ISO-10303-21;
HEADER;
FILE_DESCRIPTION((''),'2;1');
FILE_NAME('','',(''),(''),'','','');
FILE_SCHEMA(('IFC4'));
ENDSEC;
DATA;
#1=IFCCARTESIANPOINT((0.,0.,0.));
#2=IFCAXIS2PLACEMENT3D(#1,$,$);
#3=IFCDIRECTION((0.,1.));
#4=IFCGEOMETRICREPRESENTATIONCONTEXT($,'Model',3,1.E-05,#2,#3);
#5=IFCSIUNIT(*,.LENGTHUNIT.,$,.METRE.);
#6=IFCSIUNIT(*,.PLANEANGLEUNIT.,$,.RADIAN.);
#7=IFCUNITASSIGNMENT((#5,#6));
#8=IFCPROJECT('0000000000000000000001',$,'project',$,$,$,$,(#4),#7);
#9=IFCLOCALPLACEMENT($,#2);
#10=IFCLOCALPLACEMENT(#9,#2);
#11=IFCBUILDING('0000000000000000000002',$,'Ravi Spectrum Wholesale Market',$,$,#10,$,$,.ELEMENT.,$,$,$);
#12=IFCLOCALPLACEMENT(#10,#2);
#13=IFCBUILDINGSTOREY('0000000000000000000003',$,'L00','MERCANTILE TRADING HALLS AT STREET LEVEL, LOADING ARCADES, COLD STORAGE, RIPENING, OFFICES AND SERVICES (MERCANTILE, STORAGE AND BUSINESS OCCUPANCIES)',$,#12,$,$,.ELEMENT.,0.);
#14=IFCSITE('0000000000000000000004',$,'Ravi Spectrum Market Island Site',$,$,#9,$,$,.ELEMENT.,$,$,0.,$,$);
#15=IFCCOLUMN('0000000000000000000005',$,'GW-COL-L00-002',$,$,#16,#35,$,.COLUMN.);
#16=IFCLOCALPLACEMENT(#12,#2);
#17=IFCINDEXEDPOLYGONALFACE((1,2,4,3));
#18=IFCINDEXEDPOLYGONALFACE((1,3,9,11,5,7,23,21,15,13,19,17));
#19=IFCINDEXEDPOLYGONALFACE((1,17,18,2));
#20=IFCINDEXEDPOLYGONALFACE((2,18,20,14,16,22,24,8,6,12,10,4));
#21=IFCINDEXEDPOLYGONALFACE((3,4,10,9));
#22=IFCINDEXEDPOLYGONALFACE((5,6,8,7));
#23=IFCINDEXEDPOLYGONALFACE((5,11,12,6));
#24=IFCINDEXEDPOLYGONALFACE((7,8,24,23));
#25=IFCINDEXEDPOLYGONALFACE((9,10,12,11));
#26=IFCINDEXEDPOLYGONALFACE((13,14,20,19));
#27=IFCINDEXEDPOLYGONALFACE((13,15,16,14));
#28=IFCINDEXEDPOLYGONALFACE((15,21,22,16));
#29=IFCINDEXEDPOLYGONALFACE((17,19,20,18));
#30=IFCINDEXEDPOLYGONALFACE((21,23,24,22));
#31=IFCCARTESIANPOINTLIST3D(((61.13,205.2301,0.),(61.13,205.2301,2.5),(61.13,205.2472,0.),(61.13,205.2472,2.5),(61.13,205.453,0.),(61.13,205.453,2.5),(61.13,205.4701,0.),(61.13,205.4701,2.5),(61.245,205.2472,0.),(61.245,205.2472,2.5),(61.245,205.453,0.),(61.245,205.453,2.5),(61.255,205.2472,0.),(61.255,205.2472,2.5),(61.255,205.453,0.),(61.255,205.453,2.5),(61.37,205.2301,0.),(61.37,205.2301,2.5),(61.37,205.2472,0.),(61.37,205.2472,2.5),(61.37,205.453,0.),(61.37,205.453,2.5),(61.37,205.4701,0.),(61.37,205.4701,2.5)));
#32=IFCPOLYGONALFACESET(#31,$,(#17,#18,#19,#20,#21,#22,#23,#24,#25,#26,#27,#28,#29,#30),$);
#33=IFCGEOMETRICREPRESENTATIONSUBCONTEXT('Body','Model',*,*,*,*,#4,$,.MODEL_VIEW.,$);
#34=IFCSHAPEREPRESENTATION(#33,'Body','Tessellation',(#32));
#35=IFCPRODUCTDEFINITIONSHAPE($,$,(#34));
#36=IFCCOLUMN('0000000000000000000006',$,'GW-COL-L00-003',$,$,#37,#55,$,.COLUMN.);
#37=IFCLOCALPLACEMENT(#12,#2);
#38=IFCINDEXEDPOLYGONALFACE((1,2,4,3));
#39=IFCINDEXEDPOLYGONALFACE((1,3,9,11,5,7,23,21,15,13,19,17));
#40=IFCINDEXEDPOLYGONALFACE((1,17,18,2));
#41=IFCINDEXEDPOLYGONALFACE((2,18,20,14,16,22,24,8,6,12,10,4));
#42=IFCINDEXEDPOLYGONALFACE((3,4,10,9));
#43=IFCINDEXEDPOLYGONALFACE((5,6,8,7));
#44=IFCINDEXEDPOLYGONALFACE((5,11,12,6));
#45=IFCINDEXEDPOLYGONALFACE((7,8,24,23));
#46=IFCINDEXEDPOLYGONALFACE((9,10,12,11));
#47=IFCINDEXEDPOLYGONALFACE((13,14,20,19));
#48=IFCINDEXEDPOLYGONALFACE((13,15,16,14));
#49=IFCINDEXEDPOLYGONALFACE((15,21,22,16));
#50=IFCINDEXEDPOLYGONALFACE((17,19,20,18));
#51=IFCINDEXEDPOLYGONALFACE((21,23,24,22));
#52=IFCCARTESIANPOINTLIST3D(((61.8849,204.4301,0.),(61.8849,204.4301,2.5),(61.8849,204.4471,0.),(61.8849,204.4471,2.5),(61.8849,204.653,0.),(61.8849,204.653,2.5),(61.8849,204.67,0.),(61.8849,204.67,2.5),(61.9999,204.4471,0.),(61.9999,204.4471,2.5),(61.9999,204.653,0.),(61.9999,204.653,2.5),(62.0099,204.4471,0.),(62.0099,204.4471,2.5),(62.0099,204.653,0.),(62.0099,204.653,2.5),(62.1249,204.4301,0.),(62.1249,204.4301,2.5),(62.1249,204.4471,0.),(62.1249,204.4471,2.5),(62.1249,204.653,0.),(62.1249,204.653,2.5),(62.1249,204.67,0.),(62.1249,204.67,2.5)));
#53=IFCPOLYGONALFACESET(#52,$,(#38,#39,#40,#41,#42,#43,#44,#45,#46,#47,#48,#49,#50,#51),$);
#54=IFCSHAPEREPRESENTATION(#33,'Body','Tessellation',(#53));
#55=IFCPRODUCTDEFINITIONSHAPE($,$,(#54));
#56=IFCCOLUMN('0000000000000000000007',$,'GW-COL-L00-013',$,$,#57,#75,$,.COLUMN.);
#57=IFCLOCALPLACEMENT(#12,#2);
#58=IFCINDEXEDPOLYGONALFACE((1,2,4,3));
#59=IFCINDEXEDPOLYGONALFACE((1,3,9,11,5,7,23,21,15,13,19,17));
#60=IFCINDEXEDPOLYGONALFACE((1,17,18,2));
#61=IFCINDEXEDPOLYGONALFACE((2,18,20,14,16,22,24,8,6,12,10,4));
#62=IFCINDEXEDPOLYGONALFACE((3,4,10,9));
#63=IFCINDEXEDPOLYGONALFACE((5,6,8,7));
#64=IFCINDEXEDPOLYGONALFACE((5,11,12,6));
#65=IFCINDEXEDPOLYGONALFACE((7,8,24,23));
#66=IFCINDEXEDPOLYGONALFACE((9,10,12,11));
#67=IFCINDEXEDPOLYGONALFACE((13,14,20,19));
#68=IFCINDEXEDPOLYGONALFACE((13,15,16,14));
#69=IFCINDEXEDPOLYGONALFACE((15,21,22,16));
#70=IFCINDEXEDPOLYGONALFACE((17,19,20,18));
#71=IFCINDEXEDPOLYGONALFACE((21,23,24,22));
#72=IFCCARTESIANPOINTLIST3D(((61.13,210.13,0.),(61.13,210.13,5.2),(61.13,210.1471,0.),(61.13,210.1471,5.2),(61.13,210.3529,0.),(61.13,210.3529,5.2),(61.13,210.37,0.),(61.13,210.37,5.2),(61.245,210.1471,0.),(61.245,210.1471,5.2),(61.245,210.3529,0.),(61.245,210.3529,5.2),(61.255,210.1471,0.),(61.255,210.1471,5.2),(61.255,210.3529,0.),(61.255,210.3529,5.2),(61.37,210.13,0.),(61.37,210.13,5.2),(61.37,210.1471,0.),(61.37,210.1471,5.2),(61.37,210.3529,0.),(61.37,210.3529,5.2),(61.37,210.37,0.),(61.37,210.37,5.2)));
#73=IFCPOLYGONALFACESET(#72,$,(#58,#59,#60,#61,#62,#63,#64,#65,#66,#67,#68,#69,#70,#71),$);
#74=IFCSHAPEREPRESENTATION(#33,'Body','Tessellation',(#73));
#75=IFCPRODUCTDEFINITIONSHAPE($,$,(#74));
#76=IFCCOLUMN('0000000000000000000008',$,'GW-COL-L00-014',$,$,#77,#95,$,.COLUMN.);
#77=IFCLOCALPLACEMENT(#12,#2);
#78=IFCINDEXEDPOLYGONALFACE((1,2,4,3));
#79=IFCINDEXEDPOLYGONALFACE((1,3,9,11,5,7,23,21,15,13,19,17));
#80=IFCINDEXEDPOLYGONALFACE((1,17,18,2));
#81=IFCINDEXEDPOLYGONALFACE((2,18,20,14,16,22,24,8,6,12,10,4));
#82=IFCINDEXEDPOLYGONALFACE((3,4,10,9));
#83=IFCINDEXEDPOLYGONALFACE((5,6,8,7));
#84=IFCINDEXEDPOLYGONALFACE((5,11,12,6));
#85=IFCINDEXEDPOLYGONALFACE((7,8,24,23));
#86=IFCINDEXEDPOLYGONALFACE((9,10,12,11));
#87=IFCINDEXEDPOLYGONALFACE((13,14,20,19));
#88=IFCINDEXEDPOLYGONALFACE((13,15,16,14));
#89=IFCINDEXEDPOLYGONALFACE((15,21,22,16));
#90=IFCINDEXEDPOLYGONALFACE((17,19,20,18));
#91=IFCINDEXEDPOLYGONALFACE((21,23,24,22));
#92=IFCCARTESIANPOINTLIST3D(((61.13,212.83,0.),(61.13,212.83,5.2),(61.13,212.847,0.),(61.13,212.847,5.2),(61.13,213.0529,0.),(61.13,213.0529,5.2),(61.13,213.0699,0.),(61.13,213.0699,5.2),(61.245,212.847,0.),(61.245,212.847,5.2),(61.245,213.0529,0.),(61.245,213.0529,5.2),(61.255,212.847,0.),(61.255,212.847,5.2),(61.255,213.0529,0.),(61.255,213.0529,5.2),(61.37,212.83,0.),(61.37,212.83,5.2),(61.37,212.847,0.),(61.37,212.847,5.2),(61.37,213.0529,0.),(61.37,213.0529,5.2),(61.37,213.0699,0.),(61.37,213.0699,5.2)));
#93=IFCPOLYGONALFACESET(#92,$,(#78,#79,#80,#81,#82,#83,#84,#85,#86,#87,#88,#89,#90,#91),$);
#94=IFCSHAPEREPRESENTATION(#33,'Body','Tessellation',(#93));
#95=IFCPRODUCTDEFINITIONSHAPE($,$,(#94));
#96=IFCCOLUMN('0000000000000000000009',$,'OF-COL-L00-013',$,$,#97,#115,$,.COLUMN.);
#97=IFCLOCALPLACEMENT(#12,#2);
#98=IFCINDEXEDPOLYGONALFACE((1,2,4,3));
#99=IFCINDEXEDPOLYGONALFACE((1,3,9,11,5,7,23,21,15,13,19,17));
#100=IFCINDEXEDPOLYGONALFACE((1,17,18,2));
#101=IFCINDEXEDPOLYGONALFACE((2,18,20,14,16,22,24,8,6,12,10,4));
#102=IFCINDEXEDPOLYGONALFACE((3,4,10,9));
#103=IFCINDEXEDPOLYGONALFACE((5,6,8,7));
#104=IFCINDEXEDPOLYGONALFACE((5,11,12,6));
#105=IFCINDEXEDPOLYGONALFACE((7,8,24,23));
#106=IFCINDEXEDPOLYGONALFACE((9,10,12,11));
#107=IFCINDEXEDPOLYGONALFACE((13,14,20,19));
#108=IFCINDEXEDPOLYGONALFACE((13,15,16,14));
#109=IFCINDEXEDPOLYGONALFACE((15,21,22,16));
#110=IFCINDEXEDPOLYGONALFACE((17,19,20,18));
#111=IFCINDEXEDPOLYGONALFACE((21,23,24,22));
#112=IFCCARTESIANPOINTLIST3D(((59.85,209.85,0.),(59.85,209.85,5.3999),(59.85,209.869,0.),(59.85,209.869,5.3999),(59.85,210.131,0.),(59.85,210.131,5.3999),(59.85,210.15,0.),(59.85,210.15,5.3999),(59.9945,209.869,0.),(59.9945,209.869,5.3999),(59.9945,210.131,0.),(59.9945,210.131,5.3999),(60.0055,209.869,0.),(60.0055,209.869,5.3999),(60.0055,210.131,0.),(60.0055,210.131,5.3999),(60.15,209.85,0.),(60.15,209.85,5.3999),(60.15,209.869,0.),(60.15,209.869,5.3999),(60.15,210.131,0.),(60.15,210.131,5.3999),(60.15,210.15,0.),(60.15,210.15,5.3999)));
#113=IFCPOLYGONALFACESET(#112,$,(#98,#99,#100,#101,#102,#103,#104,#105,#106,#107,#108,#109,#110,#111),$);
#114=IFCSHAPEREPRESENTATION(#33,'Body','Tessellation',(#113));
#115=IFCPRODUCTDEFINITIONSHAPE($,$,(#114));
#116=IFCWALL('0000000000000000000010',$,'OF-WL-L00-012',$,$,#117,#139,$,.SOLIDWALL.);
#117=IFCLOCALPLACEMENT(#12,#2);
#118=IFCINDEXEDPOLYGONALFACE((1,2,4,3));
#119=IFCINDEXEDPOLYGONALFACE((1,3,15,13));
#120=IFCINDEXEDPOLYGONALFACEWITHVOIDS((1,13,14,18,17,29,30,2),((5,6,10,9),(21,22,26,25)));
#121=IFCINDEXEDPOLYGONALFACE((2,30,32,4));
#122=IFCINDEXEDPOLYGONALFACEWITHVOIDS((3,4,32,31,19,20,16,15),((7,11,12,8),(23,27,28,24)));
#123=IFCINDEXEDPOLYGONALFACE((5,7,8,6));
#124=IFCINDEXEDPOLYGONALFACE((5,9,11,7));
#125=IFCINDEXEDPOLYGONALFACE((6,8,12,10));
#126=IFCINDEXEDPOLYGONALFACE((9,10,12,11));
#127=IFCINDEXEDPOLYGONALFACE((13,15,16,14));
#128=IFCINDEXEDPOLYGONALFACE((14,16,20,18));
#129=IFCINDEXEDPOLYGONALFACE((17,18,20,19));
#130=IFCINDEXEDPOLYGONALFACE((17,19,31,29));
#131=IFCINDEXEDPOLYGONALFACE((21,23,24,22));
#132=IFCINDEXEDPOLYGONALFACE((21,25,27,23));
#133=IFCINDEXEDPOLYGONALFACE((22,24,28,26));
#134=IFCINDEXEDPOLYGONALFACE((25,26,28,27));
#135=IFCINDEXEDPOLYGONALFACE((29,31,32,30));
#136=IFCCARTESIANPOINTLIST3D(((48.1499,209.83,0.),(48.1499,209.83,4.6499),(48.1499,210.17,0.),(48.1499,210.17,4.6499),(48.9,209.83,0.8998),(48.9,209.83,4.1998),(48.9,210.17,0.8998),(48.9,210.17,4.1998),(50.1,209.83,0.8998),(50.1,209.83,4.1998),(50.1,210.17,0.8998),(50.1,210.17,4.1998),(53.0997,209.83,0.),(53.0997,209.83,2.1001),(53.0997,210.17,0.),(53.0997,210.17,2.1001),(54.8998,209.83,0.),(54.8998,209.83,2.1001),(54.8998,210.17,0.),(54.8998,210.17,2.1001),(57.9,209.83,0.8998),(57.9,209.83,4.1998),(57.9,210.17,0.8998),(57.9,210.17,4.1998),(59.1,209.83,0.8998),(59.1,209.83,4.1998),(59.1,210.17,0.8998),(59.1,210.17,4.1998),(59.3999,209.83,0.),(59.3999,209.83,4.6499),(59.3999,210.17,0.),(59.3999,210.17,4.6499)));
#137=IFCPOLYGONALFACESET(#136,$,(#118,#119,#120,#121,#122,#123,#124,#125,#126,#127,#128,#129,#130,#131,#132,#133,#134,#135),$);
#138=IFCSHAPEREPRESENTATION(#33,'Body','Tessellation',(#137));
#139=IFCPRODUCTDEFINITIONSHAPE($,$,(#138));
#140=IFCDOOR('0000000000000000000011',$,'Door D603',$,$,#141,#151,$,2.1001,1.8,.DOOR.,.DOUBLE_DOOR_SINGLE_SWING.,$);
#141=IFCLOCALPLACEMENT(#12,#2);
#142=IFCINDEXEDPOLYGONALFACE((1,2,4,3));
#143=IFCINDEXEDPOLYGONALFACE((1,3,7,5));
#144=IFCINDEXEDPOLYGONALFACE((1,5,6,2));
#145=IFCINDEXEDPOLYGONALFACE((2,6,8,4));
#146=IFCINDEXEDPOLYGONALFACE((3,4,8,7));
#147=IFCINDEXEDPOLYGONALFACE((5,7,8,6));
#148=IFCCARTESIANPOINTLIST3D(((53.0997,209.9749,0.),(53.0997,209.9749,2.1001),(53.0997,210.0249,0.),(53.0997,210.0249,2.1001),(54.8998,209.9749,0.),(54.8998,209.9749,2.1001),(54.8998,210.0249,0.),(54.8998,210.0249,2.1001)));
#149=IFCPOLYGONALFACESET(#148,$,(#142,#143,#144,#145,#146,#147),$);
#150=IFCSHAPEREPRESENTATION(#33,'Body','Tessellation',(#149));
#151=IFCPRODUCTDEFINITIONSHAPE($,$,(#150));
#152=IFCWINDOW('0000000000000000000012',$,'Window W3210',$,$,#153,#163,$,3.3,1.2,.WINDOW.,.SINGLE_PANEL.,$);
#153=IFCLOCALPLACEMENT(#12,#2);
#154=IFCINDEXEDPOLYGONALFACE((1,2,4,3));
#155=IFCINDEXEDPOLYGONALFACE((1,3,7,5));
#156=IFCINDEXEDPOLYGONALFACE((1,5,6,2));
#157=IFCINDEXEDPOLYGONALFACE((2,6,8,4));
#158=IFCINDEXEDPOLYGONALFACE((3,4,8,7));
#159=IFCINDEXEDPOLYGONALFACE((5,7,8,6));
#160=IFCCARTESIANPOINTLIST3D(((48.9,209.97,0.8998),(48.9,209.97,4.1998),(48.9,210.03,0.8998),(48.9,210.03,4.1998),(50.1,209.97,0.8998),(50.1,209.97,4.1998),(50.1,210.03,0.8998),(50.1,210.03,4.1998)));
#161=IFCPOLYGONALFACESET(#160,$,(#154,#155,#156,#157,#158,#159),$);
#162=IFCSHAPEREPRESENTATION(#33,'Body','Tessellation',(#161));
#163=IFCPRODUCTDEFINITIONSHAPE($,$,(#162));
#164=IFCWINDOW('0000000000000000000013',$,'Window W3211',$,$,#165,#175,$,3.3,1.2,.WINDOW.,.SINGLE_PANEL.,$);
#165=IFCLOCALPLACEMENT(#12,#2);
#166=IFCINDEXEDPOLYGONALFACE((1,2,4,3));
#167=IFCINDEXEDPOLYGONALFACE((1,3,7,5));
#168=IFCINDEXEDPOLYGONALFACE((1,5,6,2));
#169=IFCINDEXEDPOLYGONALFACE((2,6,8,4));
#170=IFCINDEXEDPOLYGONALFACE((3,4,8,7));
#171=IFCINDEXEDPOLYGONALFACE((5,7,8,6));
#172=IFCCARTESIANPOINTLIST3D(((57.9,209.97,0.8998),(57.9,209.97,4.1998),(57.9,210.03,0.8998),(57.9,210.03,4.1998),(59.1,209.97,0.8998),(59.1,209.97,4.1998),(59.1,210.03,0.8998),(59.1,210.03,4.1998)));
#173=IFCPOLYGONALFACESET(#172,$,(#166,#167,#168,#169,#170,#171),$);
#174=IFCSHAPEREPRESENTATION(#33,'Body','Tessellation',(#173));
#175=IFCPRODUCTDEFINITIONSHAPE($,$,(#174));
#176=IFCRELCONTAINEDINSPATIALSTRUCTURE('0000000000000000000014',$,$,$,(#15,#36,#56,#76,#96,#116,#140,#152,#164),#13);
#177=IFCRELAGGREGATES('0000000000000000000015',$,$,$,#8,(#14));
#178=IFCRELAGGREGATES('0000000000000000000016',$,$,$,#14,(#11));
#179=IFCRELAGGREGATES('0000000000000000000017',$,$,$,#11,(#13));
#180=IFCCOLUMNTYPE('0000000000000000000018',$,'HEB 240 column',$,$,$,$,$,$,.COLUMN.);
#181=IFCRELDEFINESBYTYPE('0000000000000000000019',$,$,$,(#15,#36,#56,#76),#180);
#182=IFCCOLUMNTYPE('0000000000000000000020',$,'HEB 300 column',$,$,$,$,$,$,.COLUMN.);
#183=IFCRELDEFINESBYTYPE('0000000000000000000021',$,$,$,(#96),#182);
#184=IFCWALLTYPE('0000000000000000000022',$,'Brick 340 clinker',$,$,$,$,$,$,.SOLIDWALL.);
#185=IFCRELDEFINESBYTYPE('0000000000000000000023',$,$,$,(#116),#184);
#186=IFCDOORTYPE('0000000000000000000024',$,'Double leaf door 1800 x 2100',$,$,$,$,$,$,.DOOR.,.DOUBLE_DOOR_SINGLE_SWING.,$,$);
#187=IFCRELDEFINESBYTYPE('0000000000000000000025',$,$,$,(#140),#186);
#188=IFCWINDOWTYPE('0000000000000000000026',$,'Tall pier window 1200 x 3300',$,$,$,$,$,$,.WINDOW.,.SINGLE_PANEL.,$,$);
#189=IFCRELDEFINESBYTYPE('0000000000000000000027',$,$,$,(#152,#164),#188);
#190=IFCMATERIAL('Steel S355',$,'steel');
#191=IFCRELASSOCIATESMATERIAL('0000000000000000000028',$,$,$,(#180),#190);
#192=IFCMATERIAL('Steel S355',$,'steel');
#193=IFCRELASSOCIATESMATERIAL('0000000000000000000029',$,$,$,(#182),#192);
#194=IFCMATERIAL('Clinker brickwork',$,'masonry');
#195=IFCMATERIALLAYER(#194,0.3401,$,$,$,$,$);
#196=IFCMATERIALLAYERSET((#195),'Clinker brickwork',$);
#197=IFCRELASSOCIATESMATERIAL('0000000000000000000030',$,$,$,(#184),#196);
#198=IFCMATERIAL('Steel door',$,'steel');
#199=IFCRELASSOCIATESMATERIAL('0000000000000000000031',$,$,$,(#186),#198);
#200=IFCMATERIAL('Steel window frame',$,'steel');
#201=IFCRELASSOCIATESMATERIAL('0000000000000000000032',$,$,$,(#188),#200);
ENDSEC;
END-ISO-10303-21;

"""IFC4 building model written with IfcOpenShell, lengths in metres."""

from ifc_helpers import new_model, si_unit, direction, frame, frame_2d, origin, origin_2d, place, context, subcontext, project, spatial, rectangle, i_section, extrude, material, layer, layer_set, material_profile, profile_set, type_object, element, fill, save


model = new_model("IFC4")

# Units and contexts
model_context = context("Model", 3, precision=1e-05, world=origin(), true_north=direction((0.0, 1.0)))
body_context = subcontext(model_context, "Body", "Model", "MODEL_VIEW")
ifc_project = project(units=[si_unit("LENGTHUNIT", "METRE"), si_unit("PLANEANGLEUNIT", "RADIAN")], contexts=[model_context])

# Site, building, storey
site_placement = place(None, origin())
site = spatial("IfcSite", under=ifc_project, at=site_placement, Name="Ravi Spectrum Market Island Site", CompositionType="ELEMENT", RefElevation=0.0)
building_placement = place(site_placement, origin())
building = spatial("IfcBuilding", under=site, at=building_placement, Name="Ravi Spectrum Wholesale Market", CompositionType="ELEMENT")
storey_placement = place(building_placement, origin())
storey = spatial("IfcBuildingStorey", under=building, at=storey_placement, Name="L00", Description="MERCANTILE TRADING HALLS AT STREET LEVEL, LOADING ARCADES, COLD STORAGE, RIPENING, OFFICES AND SERVICES (MERCANTILE, STORAGE AND BUSINESS OCCUPANCIES)", CompositionType="ELEMENT", Elevation=0.0)

# Columns
ifc_material_1 = material(Name="Steel S355", Category="steel")
ifc_material_profile_1 = material_profile(ifc_material_1, i_section(OverallWidth=0.24, OverallDepth=0.24, WebThickness=0.01, FlangeThickness=0.0171, at=origin_2d()))
ifc_profile_set_1 = profile_set([ifc_material_profile_1], Name="Steel S355")
column_type_1 = type_object("IfcColumnType", Name="HEB 240 column", PredefinedType="COLUMN", material=ifc_profile_set_1)
for number, where, z_axis, x_axis, name in (
    (1, (61.25, 205.3501, 0.0), (0.0, 0.0, 1.0), (1.0, 0.0, 0.0), "GW-COL-L00-002"),
    (2, (62.0049, 204.55, 0.0), (0.0, 0.0, 1.0), (1.0, 0.0, 0.0), "GW-COL-L00-003"),
):
    element("IfcColumn", number, at=place(storey_placement, frame(where, z_axis=z_axis, x_axis=x_axis)), inside=storey, type_object=column_type_1, Name=name, PredefinedType="COLUMN", context=body_context, shape_type="SweptSolid", body=[
        extrude(i_section(OverallWidth=0.24, OverallDepth=0.24, WebThickness=0.01, FlangeThickness=0.0171, at=origin_2d()), origin(), (0.0, 0.0, 1.0), 2.5),
    ])
for number, where, z_axis, x_axis, name in (
    (3, (61.25, 210.25, 0.0), (0.0, 0.0, 1.0), (1.0, 0.0, 0.0), "GW-COL-L00-013"),
    (4, (61.25, 212.95, 0.0), (0.0, 0.0, 1.0), (1.0, 0.0, 0.0), "GW-COL-L00-014"),
):
    element("IfcColumn", number, at=place(storey_placement, frame(where, z_axis=z_axis, x_axis=x_axis)), inside=storey, type_object=column_type_1, Name=name, PredefinedType="COLUMN", context=body_context, shape_type="SweptSolid", body=[
        extrude(i_section(OverallWidth=0.24, OverallDepth=0.24, WebThickness=0.01, FlangeThickness=0.0171, at=origin_2d()), origin(), (0.0, 0.0, 1.0), 5.2),
    ])
ifc_material_2 = material(Name="Steel S355", Category="steel")
ifc_material_profile_2 = material_profile(ifc_material_2, i_section(OverallWidth=0.3, OverallDepth=0.3, WebThickness=0.011, FlangeThickness=0.019, at=origin_2d()))
ifc_profile_set_2 = profile_set([ifc_material_profile_2], Name="Steel S355")
column_type_2 = type_object("IfcColumnType", Name="HEB 300 column", PredefinedType="COLUMN", material=ifc_profile_set_2)
column_placement = place(storey_placement, frame((60.0, 210.0, 0.0), z_axis=(0.0, 0.0, 1.0), x_axis=(1.0, 0.0, 0.0)))
element("IfcColumn", 5, at=column_placement, inside=storey, type_object=column_type_2, Name="OF-COL-L00-013", PredefinedType="COLUMN", context=body_context, shape_type="SweptSolid", body=[
    extrude(i_section(OverallWidth=0.3, OverallDepth=0.3, WebThickness=0.011, FlangeThickness=0.019, at=origin_2d()), origin(), (0.0, 0.0, 1.0), 5.3999),
])

# Wall, openings, door, windows
ifc_material_3 = material(Name="Clinker brickwork", Category="masonry")
ifc_layer_1 = layer(ifc_material_3, 0.3401)
ifc_layer_set_1 = layer_set([ifc_layer_1], Name="Clinker brickwork")
wall_type_1 = type_object("IfcWallType", Name="Brick 340 clinker", PredefinedType="SOLIDWALL", material=ifc_layer_set_1)
wall_1_placement = place(storey_placement, frame((48.1499, 210.0, 0.0), z_axis=(0.0, 0.0, 1.0), x_axis=(1.0, 0.0, 0.0)))
wall_1 = element("IfcWall", 6, at=wall_1_placement, inside=storey, type_object=wall_type_1, Name="OF-WL-L00-012", PredefinedType="SOLIDWALL", context=body_context, shape_type="SweptSolid", body=[
    extrude(rectangle(XDim=11.25, YDim=0.3401, at=frame_2d((5.625, 0.0))), origin(), (0.0, 0.0, 1.0), 4.6499),
])
opening_1_placement = place(wall_1_placement, frame((0.75, 0.0, 0.8999)))
opening_1 = element("IfcOpeningElement", 7, at=opening_1_placement, cuts=wall_1, PredefinedType="OPENING", context=body_context, shape_type="SweptSolid", body=[
    extrude(rectangle(XDim=1.2, YDim=3.3, at=frame_2d((0.6001, 1.6499))), frame((0.0, 0.1799, 0.0), z_axis=(0.0, -1.0, 0.0), x_axis=(1.0, 0.0, 0.0)), (0.0, 0.0, 1.0), 0.3601),
])
opening_2_placement = place(wall_1_placement, frame((9.75, 0.0, 0.8999)))
opening_2 = element("IfcOpeningElement", 8, at=opening_2_placement, cuts=wall_1, PredefinedType="OPENING", context=body_context, shape_type="SweptSolid", body=[
    extrude(rectangle(XDim=1.2, YDim=3.3, at=frame_2d((0.6001, 1.6499))), frame((0.0, 0.1799, 0.0), z_axis=(0.0, -1.0, 0.0), x_axis=(1.0, 0.0, 0.0)), (0.0, 0.0, 1.0), 0.3601),
])
opening_3_placement = place(wall_1_placement, frame((4.95, 0.0, 0.0)))
opening_3 = element("IfcOpeningElement", 9, at=opening_3_placement, cuts=wall_1, PredefinedType="OPENING", context=body_context, shape_type="SweptSolid", body=[
    extrude(rectangle(XDim=1.8, YDim=2.1001, at=frame_2d((0.8999, 1.05))), frame((0.0, 0.1799, 0.0), z_axis=(0.0, -1.0, 0.0), x_axis=(1.0, 0.0, 0.0)), (0.0, 0.0, 1.0), 0.3601),
])
ifc_material_4 = material(Name="Steel door", Category="steel")
door_type = type_object("IfcDoorType", Name="Double leaf door 1800 x 2100", OperationType="DOUBLE_DOOR_SINGLE_SWING", PredefinedType="DOOR", material=ifc_material_4)
door_placement = place(opening_3_placement, origin())
door = element("IfcDoor", 10, at=door_placement, inside=storey, type_object=door_type, Name="Door D603", OperationType="DOUBLE_DOOR_SINGLE_SWING", OverallHeight=2.1001, OverallWidth=1.8, PredefinedType="DOOR", context=body_context, shape_type="SweptSolid", body=[
    extrude(rectangle(XDim=1.8, YDim=2.1001, at=frame_2d((0.8999, 1.05))), frame((0.0, 0.0249, 0.0), z_axis=(0.0, -1.0, 0.0), x_axis=(1.0, 0.0, 0.0)), (0.0, 0.0, 1.0), 0.05),
])
fill(opening_3, door)
ifc_material_5 = material(Name="Steel window frame", Category="steel")
window_type = type_object("IfcWindowType", Name="Tall pier window 1200 x 3300", PartitioningType="SINGLE_PANEL", PredefinedType="WINDOW", material=ifc_material_5)
window_1_placement = place(opening_1_placement, origin())
window_1 = element("IfcWindow", 11, at=window_1_placement, inside=storey, type_object=window_type, Name="Window W3210", OverallHeight=3.3, OverallWidth=1.2, PartitioningType="SINGLE_PANEL", PredefinedType="WINDOW", context=body_context, shape_type="SweptSolid", body=[
    extrude(rectangle(XDim=1.2, YDim=3.3, at=frame_2d((0.6001, 1.6499))), frame((0.0, 0.03, 0.0), z_axis=(0.0, -1.0, 0.0), x_axis=(1.0, 0.0, 0.0)), (0.0, 0.0, 1.0), 0.0601),
])
fill(opening_1, window_1)
window_2_placement = place(opening_2_placement, origin())
window_2 = element("IfcWindow", 12, at=window_2_placement, inside=storey, type_object=window_type, Name="Window W3211", OverallHeight=3.3, OverallWidth=1.2, PartitioningType="SINGLE_PANEL", PredefinedType="WINDOW", context=body_context, shape_type="SweptSolid", body=[
    extrude(rectangle(XDim=1.2, YDim=3.3, at=frame_2d((0.6001, 1.6499))), frame((0.0, 0.03, 0.0), z_axis=(0.0, -1.0, 0.0), x_axis=(1.0, 0.0, 0.0)), (0.0, 0.0, 1.0), 0.0601),
])
fill(opening_2, window_2)

save(model, "model.ifc")
